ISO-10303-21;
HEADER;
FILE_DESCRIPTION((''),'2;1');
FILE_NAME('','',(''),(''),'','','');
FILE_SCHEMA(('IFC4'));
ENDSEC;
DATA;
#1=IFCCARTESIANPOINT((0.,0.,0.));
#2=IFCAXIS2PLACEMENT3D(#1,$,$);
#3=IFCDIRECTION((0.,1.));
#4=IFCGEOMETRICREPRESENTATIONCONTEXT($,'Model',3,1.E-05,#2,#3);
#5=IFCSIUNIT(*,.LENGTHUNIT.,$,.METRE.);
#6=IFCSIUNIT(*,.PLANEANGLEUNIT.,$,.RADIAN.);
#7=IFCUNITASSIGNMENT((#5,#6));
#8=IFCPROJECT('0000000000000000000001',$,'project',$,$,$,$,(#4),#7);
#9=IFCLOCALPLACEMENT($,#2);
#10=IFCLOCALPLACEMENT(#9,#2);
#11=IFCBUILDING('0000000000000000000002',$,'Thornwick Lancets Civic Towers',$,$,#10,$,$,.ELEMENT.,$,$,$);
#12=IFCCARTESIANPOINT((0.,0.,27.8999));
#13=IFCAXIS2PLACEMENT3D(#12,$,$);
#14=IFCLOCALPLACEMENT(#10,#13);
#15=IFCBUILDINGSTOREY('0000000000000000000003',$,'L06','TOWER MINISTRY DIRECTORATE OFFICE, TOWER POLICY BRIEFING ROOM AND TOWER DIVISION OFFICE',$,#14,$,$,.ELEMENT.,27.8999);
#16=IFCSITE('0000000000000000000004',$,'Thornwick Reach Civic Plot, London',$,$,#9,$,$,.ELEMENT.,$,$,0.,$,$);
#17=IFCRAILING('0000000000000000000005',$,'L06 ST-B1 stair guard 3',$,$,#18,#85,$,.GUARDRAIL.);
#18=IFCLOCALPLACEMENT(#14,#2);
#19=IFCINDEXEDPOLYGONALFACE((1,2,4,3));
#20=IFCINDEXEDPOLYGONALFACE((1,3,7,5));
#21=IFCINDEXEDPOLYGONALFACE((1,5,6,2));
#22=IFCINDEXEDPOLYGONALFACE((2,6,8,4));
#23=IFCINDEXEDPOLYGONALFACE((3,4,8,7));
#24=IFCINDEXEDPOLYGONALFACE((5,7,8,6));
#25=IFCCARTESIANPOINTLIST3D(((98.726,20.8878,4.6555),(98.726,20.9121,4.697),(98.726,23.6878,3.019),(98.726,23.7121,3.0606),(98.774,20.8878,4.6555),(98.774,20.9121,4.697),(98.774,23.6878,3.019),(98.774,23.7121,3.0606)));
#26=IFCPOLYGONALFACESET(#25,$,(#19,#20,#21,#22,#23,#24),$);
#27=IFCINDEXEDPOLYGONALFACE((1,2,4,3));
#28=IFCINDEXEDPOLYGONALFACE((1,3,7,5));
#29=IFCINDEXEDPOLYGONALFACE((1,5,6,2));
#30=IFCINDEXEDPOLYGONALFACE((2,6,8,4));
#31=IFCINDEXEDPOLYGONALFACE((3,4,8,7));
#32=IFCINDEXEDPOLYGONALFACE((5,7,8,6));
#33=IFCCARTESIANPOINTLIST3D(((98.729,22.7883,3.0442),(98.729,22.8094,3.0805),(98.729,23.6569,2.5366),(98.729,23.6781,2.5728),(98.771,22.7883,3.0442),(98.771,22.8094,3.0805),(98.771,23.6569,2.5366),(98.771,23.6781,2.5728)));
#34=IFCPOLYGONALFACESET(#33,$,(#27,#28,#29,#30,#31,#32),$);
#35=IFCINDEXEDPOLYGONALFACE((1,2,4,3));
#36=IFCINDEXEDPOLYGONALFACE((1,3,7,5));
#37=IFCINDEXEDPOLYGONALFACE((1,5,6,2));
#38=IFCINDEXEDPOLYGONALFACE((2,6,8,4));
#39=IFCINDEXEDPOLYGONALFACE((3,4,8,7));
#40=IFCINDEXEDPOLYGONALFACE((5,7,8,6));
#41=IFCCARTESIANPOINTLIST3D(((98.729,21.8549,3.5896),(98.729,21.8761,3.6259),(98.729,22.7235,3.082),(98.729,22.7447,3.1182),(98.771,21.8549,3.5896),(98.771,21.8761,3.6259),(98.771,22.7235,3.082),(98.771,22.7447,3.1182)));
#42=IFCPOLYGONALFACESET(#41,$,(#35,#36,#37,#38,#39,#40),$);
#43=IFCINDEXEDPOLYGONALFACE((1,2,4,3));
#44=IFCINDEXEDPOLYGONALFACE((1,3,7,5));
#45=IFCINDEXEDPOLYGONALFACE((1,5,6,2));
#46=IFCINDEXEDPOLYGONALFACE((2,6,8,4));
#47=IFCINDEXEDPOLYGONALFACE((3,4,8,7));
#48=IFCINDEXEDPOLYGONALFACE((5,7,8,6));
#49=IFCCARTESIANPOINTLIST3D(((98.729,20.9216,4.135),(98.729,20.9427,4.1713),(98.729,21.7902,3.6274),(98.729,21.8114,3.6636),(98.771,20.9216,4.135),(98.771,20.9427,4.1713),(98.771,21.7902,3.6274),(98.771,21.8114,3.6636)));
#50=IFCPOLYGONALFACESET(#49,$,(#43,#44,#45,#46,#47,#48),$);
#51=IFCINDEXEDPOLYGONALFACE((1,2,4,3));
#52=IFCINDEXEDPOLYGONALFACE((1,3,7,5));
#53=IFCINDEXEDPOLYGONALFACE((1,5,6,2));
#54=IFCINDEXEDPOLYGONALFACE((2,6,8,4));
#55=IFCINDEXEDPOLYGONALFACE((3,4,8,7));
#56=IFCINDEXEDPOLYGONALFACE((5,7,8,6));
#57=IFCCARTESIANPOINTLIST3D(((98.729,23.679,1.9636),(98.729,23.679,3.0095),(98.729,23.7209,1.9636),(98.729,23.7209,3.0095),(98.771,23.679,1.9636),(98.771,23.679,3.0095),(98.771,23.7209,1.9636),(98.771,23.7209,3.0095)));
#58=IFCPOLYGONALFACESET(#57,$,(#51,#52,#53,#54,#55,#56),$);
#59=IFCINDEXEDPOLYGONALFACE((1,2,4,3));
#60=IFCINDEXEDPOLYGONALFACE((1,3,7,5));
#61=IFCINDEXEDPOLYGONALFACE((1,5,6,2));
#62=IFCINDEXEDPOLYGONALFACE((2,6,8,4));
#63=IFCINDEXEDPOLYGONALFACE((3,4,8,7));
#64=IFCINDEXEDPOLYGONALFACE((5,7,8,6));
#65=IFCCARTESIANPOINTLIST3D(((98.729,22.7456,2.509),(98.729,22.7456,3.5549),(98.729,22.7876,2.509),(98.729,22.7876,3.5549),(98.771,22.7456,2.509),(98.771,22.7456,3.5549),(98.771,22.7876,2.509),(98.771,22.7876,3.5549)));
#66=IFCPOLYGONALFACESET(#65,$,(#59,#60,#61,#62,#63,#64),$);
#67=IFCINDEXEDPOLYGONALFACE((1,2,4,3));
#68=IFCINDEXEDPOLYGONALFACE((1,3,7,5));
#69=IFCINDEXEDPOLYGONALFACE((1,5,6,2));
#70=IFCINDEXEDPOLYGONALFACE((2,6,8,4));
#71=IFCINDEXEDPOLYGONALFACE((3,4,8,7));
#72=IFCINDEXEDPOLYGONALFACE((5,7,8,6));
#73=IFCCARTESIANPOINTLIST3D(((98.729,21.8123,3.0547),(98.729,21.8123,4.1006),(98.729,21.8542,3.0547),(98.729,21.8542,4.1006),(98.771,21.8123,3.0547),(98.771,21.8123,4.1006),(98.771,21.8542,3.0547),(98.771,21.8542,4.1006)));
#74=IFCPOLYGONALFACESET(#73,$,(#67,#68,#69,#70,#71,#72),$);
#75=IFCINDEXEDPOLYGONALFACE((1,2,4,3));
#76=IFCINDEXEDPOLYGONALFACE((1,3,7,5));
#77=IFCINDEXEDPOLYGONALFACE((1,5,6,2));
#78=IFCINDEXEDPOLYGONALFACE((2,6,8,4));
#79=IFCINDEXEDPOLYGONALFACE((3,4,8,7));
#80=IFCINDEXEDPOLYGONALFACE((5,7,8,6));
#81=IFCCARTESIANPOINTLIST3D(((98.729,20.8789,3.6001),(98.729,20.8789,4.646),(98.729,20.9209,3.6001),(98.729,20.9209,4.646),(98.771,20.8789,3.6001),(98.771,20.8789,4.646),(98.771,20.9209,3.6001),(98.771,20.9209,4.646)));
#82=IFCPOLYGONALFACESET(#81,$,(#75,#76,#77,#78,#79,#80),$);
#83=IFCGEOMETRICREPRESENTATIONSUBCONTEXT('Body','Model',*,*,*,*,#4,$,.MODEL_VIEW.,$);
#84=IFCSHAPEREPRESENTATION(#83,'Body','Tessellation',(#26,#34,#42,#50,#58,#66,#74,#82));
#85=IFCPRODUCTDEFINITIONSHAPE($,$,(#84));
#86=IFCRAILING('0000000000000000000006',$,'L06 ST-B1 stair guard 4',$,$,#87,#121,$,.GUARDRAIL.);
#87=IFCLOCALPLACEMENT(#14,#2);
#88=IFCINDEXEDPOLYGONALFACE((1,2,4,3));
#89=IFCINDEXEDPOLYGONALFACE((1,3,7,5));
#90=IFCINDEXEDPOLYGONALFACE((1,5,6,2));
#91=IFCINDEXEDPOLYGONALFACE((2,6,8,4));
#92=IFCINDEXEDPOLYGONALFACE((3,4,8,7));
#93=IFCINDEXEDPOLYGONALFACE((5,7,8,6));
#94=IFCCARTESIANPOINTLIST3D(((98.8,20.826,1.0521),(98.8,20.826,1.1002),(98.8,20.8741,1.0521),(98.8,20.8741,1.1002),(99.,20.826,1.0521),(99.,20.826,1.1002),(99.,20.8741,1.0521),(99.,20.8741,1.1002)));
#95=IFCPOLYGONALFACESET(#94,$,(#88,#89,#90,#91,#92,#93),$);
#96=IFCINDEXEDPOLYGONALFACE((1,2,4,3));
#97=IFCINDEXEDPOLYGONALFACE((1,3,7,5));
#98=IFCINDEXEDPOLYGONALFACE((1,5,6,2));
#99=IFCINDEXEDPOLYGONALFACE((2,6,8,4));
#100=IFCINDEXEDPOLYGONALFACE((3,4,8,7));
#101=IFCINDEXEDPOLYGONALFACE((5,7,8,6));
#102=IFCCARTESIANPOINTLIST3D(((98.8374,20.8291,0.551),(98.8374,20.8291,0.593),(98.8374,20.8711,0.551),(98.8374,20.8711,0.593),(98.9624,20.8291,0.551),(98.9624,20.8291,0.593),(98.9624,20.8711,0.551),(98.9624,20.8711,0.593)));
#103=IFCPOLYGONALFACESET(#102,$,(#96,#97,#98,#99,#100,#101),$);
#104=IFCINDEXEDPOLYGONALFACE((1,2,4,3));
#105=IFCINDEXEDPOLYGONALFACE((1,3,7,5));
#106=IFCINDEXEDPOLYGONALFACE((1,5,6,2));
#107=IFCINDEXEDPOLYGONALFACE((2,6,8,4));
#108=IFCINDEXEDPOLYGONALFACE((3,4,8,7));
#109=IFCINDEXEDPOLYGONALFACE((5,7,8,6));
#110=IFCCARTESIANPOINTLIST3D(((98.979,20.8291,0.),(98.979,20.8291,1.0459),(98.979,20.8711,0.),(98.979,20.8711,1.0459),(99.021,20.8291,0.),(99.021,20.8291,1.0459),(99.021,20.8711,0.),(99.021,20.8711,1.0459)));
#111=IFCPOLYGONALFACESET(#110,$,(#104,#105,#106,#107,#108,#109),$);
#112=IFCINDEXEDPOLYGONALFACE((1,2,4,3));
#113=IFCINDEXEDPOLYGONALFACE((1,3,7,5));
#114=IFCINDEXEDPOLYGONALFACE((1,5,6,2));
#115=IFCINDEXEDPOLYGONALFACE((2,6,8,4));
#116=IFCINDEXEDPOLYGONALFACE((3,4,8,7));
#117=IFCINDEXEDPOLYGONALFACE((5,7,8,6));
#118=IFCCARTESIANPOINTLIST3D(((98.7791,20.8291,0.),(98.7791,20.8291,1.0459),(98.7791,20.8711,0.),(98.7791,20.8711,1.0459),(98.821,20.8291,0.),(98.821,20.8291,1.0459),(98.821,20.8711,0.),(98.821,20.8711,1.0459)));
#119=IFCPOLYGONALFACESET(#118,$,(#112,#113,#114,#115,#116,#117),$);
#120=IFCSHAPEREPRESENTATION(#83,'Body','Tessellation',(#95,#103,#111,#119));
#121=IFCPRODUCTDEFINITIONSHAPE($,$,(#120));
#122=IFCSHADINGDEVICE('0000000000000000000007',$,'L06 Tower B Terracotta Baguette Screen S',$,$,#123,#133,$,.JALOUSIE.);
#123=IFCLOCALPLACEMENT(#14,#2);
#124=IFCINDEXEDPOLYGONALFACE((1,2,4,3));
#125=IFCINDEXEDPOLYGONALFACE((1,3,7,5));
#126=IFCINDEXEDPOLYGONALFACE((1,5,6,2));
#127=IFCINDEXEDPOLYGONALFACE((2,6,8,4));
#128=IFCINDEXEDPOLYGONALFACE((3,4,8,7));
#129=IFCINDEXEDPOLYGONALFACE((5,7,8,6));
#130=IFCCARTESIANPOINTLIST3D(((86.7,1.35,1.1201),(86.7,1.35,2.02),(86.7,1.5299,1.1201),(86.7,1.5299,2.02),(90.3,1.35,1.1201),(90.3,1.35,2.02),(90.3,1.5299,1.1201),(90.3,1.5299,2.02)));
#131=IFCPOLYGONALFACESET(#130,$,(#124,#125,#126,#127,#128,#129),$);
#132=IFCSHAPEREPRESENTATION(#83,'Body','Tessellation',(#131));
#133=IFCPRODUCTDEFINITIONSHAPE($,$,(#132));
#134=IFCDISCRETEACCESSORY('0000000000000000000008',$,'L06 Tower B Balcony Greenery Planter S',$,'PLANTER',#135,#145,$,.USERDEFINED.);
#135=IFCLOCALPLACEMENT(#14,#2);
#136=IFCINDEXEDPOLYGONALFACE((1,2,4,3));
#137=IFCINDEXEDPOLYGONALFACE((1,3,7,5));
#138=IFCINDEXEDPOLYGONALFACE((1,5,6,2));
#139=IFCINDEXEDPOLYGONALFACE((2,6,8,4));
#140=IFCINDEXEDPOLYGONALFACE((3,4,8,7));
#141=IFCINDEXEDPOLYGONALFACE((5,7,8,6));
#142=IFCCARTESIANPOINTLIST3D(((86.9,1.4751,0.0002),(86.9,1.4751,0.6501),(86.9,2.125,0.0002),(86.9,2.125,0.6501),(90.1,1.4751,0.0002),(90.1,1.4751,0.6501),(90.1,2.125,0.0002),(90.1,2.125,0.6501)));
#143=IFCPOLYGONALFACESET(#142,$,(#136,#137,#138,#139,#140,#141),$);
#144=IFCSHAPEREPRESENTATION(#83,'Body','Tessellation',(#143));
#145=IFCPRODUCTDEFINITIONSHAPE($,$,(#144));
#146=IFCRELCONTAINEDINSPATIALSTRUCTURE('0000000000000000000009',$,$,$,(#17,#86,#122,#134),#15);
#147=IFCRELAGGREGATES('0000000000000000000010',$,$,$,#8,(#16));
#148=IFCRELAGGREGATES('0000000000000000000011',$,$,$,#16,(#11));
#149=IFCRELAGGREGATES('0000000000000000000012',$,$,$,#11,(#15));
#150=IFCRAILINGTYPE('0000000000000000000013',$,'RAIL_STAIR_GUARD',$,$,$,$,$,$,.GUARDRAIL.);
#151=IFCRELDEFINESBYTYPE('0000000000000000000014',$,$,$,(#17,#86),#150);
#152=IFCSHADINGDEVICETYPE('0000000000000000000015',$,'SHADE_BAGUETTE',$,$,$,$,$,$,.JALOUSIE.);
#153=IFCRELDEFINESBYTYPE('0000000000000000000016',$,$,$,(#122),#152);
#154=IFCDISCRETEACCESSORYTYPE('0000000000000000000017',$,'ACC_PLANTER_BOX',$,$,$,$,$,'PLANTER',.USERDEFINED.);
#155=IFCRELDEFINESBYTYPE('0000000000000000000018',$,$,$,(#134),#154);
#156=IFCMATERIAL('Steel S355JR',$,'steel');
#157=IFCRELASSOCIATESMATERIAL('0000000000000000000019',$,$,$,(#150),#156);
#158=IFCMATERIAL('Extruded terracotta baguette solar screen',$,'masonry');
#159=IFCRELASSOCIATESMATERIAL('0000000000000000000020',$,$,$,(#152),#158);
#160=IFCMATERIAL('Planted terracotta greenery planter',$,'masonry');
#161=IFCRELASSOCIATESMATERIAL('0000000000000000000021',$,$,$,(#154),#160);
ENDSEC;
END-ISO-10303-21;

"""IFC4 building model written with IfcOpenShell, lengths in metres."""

from ifc_helpers import new_model, si_unit, direction, frame, origin, origin_2d, place, context, subcontext, project, spatial, rectangle, extrude, material, type_object, element, save


model = new_model("IFC4")

# Units and contexts
model_context = context("Model", 3, precision=1e-05, world=origin(), true_north=direction((0.0, 1.0)))
body_context = subcontext(model_context, "Body", "Model", "MODEL_VIEW")
ifc_project = project(units=[si_unit("LENGTHUNIT", "METRE"), si_unit("PLANEANGLEUNIT", "RADIAN")], contexts=[model_context])

# Site, building, storey
site_placement = place(None, origin())
site = spatial("IfcSite", under=ifc_project, at=site_placement, Name="Thornwick Reach Civic Plot, London", CompositionType="ELEMENT", RefElevation=0.0)
building_placement = place(site_placement, origin())
building = spatial("IfcBuilding", under=site, at=building_placement, Name="Thornwick Lancets Civic Towers", CompositionType="ELEMENT")
storey_placement = place(building_placement, frame((0.0, 0.0, 27.8999)))
storey = spatial("IfcBuildingStorey", under=building, at=storey_placement, Name="L06", Description="TOWER MINISTRY DIRECTORATE OFFICE, TOWER POLICY BRIEFING ROOM AND TOWER DIVISION OFFICE", CompositionType="ELEMENT", Elevation=27.8999)

# Railings
ifc_material_1 = material(Name="Steel S355JR", Category="steel")
railing_type_1 = type_object("IfcRailingType", Name="RAIL_STAIR_GUARD", PredefinedType="GUARDRAIL", material=ifc_material_1)
railing_1_placement = place(storey_placement, frame((98.75, 23.7, 1.9636)))
element("IfcRailing", 1, at=railing_1_placement, inside=storey, type_object=railing_type_1, Name="L06 ST-B1 stair guard 3", PredefinedType="GUARDRAIL", context=body_context, shape_type="SweptSolid", body=[
    extrude(rectangle(XDim=0.0481, YDim=0.0481, at=origin_2d()), frame((0.0, 0.0, 1.0762), z_axis=(0.0, -0.863361, 0.504587), x_axis=(1.0, 0.0, 0.0)), (0.0, 0.0, 1.0), 3.2432),
    extrude(rectangle(XDim=0.042, YDim=0.042, at=origin_2d()), frame((0.0, -0.0325, 0.5911), z_axis=(0.0, -0.863361, 0.504587), x_axis=(1.0, 0.0, 0.0)), (0.0, 0.0, 1.0), 1.0061),
    extrude(rectangle(XDim=0.042, YDim=0.042, at=origin_2d()), frame((0.0, -0.9658, 1.1365), z_axis=(0.0, -0.863361, 0.504587), x_axis=(1.0, 0.0, 0.0)), (0.0, 0.0, 1.0), 1.0061),
    extrude(rectangle(XDim=0.042, YDim=0.042, at=origin_2d()), frame((0.0, -1.8992, 1.6819), z_axis=(0.0, -0.863361, 0.504587), x_axis=(1.0, 0.0, 0.0)), (0.0, 0.0, 1.0), 1.0061),
    extrude(rectangle(XDim=0.042, YDim=0.042, at=origin_2d()), origin(), (0.0, 0.0, 1.0), 1.0459),
    extrude(rectangle(XDim=0.042, YDim=0.042, at=origin_2d()), frame((0.0, -0.9333, 0.5454)), (0.0, 0.0, 1.0), 1.0459),
    extrude(rectangle(XDim=0.042, YDim=0.042, at=origin_2d()), frame((0.0, -1.8667, 1.0911)), (0.0, 0.0, 1.0), 1.0459),
    extrude(rectangle(XDim=0.042, YDim=0.042, at=origin_2d()), frame((0.0, -2.8, 1.6365)), (0.0, 0.0, 1.0), 1.0459),
])
railing_2_placement = place(storey_placement, frame((99.0, 20.8501, 0.0)))
element("IfcRailing", 2, at=railing_2_placement, inside=storey, type_object=railing_type_1, Name="L06 ST-B1 stair guard 4", PredefinedType="GUARDRAIL", context=body_context, shape_type="SweptSolid", body=[
    extrude(rectangle(XDim=0.0481, YDim=0.0481, at=origin_2d()), frame((0.0, 0.0, 1.0762), z_axis=(-1.0, 0.0, 0.0), x_axis=(0.0, -1.0, 0.0)), (0.0, 0.0, 1.0), 0.2),
    extrude(rectangle(XDim=0.042, YDim=0.042, at=origin_2d()), frame((-0.0376, 0.0, 0.572), z_axis=(-1.0, 0.0, 0.0), x_axis=(0.0, -1.0, 0.0)), (0.0, 0.0, 1.0), 0.125),
    extrude(rectangle(XDim=0.042, YDim=0.042, at=origin_2d()), origin(), (0.0, 0.0, 1.0), 1.0459),
    extrude(rectangle(XDim=0.042, YDim=0.042, at=origin_2d()), frame((-0.2, 0.0, 0.0)), (0.0, 0.0, 1.0), 1.0459),
])

# Shading device
ifc_material_2 = material(Name="Extruded terracotta baguette solar screen", Category="masonry")
shading_device_type = type_object("IfcShadingDeviceType", Name="SHADE_BAGUETTE", PredefinedType="JALOUSIE", material=ifc_material_2)
shading_device_placement = place(storey_placement, frame((88.5, 1.4399, 1.1201), z_axis=(0.0, 0.0, 1.0), x_axis=(1.0, 0.0, 0.0)))
element("IfcShadingDevice", 3, at=shading_device_placement, inside=storey, type_object=shading_device_type, Name="L06 Tower B Terracotta Baguette Screen S", PredefinedType="JALOUSIE", context=body_context, shape_type="SweptSolid", body=[
    extrude(rectangle(XDim=3.6001, YDim=0.1799, at=origin_2d()), origin(), (0.0, 0.0, 1.0), 0.8999),
])

# Discrete accessory
ifc_material_3 = material(Name="Planted terracotta greenery planter", Category="masonry")
discrete_accessory_type = type_object("IfcDiscreteAccessoryType", Name="ACC_PLANTER_BOX", ElementType="PLANTER", PredefinedType="USERDEFINED", material=ifc_material_3)
discrete_accessory_placement = place(storey_placement, frame((88.5, 1.8, 0.0002), z_axis=(0.0, 0.0, 1.0), x_axis=(1.0, 0.0, 0.0)))
element("IfcDiscreteAccessory", 4, at=discrete_accessory_placement, inside=storey, type_object=discrete_accessory_type, Name="L06 Tower B Balcony Greenery Planter S", ObjectType="PLANTER", PredefinedType="USERDEFINED", context=body_context, shape_type="SweptSolid", body=[
    extrude(rectangle(XDim=3.2, YDim=0.6499, at=origin_2d()), origin(), (0.0, 0.0, 1.0), 0.6499),
])

save(model, "model.ifc")
